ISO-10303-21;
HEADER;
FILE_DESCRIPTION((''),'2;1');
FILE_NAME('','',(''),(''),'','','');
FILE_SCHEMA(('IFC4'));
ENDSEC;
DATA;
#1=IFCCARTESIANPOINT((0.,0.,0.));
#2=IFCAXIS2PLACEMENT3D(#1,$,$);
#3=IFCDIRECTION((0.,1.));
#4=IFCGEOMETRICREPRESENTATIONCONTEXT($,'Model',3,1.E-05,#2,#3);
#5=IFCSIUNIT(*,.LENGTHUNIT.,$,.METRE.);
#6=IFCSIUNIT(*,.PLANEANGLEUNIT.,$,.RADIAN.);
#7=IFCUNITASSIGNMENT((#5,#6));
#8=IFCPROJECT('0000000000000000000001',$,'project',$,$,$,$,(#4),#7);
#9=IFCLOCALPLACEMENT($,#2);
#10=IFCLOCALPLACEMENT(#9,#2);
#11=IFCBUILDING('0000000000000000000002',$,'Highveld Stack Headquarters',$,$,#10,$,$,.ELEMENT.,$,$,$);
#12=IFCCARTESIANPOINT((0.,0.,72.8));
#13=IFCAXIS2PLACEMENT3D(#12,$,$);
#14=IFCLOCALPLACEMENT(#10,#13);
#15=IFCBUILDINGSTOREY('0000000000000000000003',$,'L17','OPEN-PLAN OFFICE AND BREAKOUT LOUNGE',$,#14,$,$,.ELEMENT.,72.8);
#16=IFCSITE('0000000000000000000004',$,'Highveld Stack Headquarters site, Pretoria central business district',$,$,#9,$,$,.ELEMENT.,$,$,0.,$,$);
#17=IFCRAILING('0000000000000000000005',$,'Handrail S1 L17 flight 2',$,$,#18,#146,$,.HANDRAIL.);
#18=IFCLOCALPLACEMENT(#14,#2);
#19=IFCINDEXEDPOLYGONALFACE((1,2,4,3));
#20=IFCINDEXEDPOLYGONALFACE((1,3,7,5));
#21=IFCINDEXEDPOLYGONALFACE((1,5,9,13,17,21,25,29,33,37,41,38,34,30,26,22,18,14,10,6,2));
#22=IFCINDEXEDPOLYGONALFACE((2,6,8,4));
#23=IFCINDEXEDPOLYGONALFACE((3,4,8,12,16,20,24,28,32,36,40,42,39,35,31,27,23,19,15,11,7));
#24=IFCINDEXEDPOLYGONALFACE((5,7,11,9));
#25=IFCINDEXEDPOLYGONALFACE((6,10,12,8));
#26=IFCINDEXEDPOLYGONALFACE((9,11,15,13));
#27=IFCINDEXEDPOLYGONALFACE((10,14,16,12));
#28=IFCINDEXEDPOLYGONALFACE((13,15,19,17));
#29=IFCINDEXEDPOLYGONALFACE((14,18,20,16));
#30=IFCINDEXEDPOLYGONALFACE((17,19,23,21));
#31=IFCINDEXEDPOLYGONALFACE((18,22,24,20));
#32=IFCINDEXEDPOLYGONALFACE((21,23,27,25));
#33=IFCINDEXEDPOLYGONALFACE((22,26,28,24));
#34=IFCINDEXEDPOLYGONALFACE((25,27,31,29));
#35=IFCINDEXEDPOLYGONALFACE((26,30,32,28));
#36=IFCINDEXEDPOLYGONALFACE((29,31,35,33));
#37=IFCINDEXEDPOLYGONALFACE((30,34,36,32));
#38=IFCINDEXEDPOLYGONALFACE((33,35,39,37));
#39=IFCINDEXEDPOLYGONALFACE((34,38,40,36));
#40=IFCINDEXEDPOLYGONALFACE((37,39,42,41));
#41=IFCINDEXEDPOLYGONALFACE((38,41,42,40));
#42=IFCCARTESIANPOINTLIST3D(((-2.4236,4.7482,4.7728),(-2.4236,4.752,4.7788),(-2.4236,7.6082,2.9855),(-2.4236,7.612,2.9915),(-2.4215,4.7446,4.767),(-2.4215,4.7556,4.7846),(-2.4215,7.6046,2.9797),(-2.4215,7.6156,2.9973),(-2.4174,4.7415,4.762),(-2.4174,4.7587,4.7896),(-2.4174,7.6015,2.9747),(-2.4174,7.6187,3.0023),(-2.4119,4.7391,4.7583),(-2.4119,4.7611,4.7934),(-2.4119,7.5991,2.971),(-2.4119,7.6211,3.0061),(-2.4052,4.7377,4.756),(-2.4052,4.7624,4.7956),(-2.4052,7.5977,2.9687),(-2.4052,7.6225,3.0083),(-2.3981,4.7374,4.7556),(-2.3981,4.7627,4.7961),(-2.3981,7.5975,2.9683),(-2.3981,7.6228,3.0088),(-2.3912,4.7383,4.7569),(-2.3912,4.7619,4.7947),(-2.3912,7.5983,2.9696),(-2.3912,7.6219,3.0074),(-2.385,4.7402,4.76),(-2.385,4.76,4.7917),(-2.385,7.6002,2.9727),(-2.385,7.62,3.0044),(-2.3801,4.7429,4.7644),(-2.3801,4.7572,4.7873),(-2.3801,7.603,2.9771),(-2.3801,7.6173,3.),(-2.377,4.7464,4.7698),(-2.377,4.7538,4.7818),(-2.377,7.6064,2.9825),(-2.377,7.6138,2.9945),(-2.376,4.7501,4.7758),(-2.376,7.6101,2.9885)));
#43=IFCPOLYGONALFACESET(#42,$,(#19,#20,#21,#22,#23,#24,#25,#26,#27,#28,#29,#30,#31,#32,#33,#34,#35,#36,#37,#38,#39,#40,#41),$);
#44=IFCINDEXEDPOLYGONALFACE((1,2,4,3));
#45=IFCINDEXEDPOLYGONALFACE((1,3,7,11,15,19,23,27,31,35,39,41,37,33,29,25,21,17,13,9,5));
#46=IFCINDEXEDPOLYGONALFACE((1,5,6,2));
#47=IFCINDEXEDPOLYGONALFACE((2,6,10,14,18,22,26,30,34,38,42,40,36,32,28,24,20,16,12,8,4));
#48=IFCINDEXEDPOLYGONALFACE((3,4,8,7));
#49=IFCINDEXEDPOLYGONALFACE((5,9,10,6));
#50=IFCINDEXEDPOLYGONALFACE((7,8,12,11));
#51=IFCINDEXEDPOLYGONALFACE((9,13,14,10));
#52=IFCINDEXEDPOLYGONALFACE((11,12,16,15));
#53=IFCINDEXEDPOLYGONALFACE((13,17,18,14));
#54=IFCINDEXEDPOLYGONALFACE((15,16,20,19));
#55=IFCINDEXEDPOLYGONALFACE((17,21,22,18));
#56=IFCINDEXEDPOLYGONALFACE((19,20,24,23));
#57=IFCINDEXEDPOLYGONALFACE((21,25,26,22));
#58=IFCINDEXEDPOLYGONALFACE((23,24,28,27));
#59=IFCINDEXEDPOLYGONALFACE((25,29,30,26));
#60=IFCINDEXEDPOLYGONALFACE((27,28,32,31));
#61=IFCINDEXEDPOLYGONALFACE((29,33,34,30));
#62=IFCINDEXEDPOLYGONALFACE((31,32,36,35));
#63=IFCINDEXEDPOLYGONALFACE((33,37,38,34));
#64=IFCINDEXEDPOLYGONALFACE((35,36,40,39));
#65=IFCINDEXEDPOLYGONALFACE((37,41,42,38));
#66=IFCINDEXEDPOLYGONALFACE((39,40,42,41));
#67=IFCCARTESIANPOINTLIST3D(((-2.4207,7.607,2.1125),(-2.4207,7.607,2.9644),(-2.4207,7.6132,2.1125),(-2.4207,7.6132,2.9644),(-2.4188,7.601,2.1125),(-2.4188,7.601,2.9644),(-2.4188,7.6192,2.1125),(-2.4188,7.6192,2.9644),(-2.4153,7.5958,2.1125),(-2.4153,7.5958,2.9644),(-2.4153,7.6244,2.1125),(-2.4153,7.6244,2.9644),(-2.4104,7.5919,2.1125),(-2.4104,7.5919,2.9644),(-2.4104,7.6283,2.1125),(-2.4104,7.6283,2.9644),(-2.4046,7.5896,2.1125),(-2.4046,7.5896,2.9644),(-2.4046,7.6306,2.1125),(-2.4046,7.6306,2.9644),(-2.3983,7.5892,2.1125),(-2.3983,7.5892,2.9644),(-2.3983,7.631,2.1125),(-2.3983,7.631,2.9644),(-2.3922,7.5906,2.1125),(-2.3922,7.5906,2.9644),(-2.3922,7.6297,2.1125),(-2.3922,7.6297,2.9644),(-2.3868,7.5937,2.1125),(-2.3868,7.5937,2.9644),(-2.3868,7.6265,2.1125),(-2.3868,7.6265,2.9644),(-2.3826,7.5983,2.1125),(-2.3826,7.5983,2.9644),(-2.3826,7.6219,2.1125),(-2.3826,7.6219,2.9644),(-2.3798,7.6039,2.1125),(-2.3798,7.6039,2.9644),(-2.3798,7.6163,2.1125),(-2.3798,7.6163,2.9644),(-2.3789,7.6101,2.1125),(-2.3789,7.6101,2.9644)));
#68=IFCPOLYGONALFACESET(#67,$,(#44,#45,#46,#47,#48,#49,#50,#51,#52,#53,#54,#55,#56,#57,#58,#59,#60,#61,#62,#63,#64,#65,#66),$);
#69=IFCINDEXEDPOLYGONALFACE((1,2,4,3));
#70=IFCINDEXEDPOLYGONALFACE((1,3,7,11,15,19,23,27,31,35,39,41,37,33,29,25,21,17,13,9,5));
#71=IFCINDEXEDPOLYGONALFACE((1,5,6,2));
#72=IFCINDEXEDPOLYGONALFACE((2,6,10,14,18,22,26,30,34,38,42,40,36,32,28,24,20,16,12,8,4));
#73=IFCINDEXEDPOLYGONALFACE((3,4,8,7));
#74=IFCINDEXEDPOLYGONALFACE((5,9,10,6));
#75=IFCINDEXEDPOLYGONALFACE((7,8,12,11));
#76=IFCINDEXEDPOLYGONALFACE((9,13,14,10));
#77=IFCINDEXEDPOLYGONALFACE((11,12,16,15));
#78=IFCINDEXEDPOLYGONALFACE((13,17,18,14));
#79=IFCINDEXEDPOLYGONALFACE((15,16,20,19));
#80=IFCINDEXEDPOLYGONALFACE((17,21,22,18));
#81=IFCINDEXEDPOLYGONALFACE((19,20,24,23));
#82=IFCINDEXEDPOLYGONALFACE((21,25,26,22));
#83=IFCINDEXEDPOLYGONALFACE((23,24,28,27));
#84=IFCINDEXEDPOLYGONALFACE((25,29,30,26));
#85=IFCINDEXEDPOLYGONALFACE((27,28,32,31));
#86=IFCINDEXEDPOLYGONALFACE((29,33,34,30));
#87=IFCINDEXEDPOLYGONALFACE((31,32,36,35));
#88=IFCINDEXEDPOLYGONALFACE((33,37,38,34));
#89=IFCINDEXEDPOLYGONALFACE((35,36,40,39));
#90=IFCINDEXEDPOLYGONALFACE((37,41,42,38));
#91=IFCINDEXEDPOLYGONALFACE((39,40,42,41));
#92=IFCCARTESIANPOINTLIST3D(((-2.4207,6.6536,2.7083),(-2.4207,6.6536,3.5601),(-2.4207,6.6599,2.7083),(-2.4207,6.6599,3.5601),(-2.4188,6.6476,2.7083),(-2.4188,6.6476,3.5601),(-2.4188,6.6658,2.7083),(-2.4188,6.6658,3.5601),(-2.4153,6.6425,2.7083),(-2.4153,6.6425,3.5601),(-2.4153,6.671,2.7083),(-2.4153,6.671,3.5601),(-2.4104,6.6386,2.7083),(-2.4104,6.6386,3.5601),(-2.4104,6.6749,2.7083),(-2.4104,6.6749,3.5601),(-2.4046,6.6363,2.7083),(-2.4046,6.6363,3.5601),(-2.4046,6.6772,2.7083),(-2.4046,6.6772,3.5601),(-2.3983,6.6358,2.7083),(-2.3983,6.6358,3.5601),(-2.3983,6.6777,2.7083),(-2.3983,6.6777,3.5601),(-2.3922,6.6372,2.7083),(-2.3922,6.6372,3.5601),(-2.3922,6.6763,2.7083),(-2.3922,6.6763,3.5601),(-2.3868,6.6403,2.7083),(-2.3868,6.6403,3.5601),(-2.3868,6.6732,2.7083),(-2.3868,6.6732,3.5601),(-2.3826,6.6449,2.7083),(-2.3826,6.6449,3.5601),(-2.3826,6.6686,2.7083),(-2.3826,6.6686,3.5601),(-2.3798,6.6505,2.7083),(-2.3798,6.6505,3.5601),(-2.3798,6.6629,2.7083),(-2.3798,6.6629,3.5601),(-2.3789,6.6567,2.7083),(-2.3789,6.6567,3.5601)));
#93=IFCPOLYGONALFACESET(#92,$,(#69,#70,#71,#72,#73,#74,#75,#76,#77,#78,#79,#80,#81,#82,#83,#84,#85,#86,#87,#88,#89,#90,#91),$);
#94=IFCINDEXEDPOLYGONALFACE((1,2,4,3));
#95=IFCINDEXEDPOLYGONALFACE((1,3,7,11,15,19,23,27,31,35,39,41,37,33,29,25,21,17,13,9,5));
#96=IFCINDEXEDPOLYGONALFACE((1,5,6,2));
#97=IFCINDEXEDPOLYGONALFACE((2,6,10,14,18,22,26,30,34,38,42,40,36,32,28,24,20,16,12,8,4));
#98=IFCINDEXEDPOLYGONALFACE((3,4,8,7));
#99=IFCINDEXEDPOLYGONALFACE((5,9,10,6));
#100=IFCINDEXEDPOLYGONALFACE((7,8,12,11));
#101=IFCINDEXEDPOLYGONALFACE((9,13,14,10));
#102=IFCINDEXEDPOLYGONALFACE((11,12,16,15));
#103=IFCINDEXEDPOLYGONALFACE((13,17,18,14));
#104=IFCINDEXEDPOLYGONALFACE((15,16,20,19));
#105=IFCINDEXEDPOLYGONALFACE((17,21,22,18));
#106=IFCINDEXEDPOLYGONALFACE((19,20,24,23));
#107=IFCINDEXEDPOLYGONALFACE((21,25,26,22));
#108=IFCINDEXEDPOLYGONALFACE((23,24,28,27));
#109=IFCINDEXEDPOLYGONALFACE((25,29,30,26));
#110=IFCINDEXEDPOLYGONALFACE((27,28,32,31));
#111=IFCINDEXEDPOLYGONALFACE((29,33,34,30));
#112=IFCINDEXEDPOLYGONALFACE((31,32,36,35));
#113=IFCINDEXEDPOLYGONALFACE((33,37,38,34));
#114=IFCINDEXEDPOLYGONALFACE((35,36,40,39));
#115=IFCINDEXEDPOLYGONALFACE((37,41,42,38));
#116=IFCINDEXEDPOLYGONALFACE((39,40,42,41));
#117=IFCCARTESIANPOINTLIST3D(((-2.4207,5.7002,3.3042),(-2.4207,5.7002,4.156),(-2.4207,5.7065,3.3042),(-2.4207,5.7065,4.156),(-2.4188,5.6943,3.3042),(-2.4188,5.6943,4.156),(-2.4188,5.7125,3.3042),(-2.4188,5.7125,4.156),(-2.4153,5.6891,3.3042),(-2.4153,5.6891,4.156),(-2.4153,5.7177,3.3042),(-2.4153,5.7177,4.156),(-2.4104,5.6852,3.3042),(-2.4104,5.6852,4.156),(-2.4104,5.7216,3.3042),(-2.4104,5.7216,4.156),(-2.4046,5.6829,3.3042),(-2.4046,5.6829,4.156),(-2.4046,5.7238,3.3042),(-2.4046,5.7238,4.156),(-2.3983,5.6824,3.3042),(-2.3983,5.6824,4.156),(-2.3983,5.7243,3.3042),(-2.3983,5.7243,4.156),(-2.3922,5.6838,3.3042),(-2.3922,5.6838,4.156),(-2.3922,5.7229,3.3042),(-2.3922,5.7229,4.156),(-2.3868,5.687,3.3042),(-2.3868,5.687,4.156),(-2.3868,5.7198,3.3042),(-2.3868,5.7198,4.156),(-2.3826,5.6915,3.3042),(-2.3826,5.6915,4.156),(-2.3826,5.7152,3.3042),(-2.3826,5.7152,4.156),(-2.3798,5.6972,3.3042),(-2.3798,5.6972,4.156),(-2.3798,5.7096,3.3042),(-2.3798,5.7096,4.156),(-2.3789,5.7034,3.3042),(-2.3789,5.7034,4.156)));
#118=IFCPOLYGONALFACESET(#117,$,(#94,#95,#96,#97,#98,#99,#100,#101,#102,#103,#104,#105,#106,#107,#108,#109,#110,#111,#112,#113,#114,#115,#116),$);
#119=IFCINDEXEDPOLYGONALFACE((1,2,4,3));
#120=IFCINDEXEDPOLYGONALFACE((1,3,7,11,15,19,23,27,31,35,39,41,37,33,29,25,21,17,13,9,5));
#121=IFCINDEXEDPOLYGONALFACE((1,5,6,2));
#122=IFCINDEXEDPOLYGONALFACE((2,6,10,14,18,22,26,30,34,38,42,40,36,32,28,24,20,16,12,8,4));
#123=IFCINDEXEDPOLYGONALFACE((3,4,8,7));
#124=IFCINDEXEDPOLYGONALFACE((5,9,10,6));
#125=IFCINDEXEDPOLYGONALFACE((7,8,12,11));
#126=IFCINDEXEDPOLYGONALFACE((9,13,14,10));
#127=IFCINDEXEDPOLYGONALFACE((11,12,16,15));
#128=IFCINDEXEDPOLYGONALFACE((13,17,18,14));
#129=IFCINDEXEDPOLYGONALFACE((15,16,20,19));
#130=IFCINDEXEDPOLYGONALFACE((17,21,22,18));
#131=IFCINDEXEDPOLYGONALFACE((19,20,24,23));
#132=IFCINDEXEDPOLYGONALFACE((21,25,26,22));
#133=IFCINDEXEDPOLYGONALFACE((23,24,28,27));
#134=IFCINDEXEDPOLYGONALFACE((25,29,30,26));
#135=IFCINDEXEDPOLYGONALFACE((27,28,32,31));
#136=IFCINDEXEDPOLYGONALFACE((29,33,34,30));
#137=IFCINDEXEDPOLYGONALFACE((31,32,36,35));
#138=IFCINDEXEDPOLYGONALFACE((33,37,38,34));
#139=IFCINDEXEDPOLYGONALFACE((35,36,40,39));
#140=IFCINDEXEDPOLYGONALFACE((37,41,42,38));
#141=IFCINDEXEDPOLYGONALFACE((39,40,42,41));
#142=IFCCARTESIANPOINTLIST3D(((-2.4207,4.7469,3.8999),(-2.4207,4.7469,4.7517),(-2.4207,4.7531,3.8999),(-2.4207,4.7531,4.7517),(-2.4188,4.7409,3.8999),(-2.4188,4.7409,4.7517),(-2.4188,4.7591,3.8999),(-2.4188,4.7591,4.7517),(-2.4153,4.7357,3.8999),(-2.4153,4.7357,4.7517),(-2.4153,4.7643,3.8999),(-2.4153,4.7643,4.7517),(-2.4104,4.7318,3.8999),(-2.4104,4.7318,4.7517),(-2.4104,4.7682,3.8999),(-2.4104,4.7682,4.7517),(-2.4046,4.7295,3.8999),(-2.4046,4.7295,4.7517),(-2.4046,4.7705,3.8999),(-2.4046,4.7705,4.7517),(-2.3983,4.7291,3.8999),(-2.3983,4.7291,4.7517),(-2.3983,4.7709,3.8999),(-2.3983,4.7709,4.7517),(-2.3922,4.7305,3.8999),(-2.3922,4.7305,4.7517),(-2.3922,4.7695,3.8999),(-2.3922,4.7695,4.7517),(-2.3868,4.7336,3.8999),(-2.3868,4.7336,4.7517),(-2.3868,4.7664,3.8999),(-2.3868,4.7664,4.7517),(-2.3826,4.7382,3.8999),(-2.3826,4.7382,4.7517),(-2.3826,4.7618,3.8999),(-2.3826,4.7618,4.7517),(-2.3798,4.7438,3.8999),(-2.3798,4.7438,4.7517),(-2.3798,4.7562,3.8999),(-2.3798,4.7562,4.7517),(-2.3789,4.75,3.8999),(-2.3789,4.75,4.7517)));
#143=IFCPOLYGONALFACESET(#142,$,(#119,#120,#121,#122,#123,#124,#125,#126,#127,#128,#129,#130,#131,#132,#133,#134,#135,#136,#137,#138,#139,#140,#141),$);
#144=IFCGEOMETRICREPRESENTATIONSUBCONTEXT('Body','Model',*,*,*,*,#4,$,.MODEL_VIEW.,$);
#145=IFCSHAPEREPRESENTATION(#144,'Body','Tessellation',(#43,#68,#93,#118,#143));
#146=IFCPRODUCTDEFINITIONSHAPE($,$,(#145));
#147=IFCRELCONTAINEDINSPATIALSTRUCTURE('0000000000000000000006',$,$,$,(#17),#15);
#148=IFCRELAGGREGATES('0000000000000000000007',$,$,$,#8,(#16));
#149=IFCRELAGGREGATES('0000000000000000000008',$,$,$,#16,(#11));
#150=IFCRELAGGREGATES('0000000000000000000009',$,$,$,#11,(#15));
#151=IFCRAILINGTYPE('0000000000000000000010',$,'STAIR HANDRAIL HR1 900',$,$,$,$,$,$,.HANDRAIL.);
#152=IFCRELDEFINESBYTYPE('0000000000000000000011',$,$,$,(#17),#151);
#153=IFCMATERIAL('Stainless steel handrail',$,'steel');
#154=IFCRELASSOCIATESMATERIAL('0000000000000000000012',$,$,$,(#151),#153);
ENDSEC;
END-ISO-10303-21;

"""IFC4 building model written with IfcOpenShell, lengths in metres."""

from ifc_helpers import new_model, si_unit, direction, frame, origin, origin_2d, place, context, subcontext, project, spatial, circle, extrude, material, type_object, element, save


model = new_model("IFC4")

# Units and contexts
model_context = context("Model", 3, precision=1e-05, world=origin(), true_north=direction((0.0, 1.0)))
body_context = subcontext(model_context, "Body", "Model", "MODEL_VIEW")
ifc_project = project(units=[si_unit("LENGTHUNIT", "METRE"), si_unit("PLANEANGLEUNIT", "RADIAN")], contexts=[model_context])

# Site, building, storey
site_placement = place(None, origin())
site = spatial("IfcSite", under=ifc_project, at=site_placement, Name="Highveld Stack Headquarters site, Pretoria central business district", CompositionType="ELEMENT", RefElevation=0.0)
building_placement = place(site_placement, origin())
building = spatial("IfcBuilding", under=site, at=building_placement, Name="Highveld Stack Headquarters", CompositionType="ELEMENT")
storey_placement = place(building_placement, frame((0.0, 0.0, 72.8)))
storey = spatial("IfcBuildingStorey", under=building, at=storey_placement, Name="L17", Description="OPEN-PLAN OFFICE AND BREAKOUT LOUNGE", CompositionType="ELEMENT", Elevation=72.8)

# Railing
ifc_material_1 = material(Name="Stainless steel handrail", Category="steel")
railing_type = type_object("IfcRailingType", Name="STAIR HANDRAIL HR1 900", PredefinedType="HANDRAIL", material=ifc_material_1)
for number, where, name in (
    (1, (-2.3999, 7.6101, 2.1125), "Handrail S1 L17 flight 2"),
):
    element("IfcRailing", number, at=place(storey_placement, frame(where)), inside=storey, type_object=railing_type, Name=name, PredefinedType="HANDRAIL", context=body_context, shape_type="SweptSolid", body=[
        extrude(circle(Radius=0.0239, at=origin_2d()), frame((0.0, 0.0, 0.876), z_axis=(0.0, -0.848027, 0.529953), x_axis=(1.0, 0.0, 0.0)), (0.0, 0.0, 1.0), 3.3726),
        extrude(circle(Radius=0.021, at=origin_2d()), origin(), (0.0, 0.0, 1.0), 0.8518),
        extrude(circle(Radius=0.021, at=origin_2d()), frame((0.0, -0.9534, 0.5957)), (0.0, 0.0, 1.0), 0.8518),
        extrude(circle(Radius=0.021, at=origin_2d()), frame((0.0, -1.9067, 1.1917)), (0.0, 0.0, 1.0), 0.8518),
        extrude(circle(Radius=0.021, at=origin_2d()), frame((0.0, -2.8601, 1.7874)), (0.0, 0.0, 1.0), 0.8518),
    ])

save(model, "model.ifc")
